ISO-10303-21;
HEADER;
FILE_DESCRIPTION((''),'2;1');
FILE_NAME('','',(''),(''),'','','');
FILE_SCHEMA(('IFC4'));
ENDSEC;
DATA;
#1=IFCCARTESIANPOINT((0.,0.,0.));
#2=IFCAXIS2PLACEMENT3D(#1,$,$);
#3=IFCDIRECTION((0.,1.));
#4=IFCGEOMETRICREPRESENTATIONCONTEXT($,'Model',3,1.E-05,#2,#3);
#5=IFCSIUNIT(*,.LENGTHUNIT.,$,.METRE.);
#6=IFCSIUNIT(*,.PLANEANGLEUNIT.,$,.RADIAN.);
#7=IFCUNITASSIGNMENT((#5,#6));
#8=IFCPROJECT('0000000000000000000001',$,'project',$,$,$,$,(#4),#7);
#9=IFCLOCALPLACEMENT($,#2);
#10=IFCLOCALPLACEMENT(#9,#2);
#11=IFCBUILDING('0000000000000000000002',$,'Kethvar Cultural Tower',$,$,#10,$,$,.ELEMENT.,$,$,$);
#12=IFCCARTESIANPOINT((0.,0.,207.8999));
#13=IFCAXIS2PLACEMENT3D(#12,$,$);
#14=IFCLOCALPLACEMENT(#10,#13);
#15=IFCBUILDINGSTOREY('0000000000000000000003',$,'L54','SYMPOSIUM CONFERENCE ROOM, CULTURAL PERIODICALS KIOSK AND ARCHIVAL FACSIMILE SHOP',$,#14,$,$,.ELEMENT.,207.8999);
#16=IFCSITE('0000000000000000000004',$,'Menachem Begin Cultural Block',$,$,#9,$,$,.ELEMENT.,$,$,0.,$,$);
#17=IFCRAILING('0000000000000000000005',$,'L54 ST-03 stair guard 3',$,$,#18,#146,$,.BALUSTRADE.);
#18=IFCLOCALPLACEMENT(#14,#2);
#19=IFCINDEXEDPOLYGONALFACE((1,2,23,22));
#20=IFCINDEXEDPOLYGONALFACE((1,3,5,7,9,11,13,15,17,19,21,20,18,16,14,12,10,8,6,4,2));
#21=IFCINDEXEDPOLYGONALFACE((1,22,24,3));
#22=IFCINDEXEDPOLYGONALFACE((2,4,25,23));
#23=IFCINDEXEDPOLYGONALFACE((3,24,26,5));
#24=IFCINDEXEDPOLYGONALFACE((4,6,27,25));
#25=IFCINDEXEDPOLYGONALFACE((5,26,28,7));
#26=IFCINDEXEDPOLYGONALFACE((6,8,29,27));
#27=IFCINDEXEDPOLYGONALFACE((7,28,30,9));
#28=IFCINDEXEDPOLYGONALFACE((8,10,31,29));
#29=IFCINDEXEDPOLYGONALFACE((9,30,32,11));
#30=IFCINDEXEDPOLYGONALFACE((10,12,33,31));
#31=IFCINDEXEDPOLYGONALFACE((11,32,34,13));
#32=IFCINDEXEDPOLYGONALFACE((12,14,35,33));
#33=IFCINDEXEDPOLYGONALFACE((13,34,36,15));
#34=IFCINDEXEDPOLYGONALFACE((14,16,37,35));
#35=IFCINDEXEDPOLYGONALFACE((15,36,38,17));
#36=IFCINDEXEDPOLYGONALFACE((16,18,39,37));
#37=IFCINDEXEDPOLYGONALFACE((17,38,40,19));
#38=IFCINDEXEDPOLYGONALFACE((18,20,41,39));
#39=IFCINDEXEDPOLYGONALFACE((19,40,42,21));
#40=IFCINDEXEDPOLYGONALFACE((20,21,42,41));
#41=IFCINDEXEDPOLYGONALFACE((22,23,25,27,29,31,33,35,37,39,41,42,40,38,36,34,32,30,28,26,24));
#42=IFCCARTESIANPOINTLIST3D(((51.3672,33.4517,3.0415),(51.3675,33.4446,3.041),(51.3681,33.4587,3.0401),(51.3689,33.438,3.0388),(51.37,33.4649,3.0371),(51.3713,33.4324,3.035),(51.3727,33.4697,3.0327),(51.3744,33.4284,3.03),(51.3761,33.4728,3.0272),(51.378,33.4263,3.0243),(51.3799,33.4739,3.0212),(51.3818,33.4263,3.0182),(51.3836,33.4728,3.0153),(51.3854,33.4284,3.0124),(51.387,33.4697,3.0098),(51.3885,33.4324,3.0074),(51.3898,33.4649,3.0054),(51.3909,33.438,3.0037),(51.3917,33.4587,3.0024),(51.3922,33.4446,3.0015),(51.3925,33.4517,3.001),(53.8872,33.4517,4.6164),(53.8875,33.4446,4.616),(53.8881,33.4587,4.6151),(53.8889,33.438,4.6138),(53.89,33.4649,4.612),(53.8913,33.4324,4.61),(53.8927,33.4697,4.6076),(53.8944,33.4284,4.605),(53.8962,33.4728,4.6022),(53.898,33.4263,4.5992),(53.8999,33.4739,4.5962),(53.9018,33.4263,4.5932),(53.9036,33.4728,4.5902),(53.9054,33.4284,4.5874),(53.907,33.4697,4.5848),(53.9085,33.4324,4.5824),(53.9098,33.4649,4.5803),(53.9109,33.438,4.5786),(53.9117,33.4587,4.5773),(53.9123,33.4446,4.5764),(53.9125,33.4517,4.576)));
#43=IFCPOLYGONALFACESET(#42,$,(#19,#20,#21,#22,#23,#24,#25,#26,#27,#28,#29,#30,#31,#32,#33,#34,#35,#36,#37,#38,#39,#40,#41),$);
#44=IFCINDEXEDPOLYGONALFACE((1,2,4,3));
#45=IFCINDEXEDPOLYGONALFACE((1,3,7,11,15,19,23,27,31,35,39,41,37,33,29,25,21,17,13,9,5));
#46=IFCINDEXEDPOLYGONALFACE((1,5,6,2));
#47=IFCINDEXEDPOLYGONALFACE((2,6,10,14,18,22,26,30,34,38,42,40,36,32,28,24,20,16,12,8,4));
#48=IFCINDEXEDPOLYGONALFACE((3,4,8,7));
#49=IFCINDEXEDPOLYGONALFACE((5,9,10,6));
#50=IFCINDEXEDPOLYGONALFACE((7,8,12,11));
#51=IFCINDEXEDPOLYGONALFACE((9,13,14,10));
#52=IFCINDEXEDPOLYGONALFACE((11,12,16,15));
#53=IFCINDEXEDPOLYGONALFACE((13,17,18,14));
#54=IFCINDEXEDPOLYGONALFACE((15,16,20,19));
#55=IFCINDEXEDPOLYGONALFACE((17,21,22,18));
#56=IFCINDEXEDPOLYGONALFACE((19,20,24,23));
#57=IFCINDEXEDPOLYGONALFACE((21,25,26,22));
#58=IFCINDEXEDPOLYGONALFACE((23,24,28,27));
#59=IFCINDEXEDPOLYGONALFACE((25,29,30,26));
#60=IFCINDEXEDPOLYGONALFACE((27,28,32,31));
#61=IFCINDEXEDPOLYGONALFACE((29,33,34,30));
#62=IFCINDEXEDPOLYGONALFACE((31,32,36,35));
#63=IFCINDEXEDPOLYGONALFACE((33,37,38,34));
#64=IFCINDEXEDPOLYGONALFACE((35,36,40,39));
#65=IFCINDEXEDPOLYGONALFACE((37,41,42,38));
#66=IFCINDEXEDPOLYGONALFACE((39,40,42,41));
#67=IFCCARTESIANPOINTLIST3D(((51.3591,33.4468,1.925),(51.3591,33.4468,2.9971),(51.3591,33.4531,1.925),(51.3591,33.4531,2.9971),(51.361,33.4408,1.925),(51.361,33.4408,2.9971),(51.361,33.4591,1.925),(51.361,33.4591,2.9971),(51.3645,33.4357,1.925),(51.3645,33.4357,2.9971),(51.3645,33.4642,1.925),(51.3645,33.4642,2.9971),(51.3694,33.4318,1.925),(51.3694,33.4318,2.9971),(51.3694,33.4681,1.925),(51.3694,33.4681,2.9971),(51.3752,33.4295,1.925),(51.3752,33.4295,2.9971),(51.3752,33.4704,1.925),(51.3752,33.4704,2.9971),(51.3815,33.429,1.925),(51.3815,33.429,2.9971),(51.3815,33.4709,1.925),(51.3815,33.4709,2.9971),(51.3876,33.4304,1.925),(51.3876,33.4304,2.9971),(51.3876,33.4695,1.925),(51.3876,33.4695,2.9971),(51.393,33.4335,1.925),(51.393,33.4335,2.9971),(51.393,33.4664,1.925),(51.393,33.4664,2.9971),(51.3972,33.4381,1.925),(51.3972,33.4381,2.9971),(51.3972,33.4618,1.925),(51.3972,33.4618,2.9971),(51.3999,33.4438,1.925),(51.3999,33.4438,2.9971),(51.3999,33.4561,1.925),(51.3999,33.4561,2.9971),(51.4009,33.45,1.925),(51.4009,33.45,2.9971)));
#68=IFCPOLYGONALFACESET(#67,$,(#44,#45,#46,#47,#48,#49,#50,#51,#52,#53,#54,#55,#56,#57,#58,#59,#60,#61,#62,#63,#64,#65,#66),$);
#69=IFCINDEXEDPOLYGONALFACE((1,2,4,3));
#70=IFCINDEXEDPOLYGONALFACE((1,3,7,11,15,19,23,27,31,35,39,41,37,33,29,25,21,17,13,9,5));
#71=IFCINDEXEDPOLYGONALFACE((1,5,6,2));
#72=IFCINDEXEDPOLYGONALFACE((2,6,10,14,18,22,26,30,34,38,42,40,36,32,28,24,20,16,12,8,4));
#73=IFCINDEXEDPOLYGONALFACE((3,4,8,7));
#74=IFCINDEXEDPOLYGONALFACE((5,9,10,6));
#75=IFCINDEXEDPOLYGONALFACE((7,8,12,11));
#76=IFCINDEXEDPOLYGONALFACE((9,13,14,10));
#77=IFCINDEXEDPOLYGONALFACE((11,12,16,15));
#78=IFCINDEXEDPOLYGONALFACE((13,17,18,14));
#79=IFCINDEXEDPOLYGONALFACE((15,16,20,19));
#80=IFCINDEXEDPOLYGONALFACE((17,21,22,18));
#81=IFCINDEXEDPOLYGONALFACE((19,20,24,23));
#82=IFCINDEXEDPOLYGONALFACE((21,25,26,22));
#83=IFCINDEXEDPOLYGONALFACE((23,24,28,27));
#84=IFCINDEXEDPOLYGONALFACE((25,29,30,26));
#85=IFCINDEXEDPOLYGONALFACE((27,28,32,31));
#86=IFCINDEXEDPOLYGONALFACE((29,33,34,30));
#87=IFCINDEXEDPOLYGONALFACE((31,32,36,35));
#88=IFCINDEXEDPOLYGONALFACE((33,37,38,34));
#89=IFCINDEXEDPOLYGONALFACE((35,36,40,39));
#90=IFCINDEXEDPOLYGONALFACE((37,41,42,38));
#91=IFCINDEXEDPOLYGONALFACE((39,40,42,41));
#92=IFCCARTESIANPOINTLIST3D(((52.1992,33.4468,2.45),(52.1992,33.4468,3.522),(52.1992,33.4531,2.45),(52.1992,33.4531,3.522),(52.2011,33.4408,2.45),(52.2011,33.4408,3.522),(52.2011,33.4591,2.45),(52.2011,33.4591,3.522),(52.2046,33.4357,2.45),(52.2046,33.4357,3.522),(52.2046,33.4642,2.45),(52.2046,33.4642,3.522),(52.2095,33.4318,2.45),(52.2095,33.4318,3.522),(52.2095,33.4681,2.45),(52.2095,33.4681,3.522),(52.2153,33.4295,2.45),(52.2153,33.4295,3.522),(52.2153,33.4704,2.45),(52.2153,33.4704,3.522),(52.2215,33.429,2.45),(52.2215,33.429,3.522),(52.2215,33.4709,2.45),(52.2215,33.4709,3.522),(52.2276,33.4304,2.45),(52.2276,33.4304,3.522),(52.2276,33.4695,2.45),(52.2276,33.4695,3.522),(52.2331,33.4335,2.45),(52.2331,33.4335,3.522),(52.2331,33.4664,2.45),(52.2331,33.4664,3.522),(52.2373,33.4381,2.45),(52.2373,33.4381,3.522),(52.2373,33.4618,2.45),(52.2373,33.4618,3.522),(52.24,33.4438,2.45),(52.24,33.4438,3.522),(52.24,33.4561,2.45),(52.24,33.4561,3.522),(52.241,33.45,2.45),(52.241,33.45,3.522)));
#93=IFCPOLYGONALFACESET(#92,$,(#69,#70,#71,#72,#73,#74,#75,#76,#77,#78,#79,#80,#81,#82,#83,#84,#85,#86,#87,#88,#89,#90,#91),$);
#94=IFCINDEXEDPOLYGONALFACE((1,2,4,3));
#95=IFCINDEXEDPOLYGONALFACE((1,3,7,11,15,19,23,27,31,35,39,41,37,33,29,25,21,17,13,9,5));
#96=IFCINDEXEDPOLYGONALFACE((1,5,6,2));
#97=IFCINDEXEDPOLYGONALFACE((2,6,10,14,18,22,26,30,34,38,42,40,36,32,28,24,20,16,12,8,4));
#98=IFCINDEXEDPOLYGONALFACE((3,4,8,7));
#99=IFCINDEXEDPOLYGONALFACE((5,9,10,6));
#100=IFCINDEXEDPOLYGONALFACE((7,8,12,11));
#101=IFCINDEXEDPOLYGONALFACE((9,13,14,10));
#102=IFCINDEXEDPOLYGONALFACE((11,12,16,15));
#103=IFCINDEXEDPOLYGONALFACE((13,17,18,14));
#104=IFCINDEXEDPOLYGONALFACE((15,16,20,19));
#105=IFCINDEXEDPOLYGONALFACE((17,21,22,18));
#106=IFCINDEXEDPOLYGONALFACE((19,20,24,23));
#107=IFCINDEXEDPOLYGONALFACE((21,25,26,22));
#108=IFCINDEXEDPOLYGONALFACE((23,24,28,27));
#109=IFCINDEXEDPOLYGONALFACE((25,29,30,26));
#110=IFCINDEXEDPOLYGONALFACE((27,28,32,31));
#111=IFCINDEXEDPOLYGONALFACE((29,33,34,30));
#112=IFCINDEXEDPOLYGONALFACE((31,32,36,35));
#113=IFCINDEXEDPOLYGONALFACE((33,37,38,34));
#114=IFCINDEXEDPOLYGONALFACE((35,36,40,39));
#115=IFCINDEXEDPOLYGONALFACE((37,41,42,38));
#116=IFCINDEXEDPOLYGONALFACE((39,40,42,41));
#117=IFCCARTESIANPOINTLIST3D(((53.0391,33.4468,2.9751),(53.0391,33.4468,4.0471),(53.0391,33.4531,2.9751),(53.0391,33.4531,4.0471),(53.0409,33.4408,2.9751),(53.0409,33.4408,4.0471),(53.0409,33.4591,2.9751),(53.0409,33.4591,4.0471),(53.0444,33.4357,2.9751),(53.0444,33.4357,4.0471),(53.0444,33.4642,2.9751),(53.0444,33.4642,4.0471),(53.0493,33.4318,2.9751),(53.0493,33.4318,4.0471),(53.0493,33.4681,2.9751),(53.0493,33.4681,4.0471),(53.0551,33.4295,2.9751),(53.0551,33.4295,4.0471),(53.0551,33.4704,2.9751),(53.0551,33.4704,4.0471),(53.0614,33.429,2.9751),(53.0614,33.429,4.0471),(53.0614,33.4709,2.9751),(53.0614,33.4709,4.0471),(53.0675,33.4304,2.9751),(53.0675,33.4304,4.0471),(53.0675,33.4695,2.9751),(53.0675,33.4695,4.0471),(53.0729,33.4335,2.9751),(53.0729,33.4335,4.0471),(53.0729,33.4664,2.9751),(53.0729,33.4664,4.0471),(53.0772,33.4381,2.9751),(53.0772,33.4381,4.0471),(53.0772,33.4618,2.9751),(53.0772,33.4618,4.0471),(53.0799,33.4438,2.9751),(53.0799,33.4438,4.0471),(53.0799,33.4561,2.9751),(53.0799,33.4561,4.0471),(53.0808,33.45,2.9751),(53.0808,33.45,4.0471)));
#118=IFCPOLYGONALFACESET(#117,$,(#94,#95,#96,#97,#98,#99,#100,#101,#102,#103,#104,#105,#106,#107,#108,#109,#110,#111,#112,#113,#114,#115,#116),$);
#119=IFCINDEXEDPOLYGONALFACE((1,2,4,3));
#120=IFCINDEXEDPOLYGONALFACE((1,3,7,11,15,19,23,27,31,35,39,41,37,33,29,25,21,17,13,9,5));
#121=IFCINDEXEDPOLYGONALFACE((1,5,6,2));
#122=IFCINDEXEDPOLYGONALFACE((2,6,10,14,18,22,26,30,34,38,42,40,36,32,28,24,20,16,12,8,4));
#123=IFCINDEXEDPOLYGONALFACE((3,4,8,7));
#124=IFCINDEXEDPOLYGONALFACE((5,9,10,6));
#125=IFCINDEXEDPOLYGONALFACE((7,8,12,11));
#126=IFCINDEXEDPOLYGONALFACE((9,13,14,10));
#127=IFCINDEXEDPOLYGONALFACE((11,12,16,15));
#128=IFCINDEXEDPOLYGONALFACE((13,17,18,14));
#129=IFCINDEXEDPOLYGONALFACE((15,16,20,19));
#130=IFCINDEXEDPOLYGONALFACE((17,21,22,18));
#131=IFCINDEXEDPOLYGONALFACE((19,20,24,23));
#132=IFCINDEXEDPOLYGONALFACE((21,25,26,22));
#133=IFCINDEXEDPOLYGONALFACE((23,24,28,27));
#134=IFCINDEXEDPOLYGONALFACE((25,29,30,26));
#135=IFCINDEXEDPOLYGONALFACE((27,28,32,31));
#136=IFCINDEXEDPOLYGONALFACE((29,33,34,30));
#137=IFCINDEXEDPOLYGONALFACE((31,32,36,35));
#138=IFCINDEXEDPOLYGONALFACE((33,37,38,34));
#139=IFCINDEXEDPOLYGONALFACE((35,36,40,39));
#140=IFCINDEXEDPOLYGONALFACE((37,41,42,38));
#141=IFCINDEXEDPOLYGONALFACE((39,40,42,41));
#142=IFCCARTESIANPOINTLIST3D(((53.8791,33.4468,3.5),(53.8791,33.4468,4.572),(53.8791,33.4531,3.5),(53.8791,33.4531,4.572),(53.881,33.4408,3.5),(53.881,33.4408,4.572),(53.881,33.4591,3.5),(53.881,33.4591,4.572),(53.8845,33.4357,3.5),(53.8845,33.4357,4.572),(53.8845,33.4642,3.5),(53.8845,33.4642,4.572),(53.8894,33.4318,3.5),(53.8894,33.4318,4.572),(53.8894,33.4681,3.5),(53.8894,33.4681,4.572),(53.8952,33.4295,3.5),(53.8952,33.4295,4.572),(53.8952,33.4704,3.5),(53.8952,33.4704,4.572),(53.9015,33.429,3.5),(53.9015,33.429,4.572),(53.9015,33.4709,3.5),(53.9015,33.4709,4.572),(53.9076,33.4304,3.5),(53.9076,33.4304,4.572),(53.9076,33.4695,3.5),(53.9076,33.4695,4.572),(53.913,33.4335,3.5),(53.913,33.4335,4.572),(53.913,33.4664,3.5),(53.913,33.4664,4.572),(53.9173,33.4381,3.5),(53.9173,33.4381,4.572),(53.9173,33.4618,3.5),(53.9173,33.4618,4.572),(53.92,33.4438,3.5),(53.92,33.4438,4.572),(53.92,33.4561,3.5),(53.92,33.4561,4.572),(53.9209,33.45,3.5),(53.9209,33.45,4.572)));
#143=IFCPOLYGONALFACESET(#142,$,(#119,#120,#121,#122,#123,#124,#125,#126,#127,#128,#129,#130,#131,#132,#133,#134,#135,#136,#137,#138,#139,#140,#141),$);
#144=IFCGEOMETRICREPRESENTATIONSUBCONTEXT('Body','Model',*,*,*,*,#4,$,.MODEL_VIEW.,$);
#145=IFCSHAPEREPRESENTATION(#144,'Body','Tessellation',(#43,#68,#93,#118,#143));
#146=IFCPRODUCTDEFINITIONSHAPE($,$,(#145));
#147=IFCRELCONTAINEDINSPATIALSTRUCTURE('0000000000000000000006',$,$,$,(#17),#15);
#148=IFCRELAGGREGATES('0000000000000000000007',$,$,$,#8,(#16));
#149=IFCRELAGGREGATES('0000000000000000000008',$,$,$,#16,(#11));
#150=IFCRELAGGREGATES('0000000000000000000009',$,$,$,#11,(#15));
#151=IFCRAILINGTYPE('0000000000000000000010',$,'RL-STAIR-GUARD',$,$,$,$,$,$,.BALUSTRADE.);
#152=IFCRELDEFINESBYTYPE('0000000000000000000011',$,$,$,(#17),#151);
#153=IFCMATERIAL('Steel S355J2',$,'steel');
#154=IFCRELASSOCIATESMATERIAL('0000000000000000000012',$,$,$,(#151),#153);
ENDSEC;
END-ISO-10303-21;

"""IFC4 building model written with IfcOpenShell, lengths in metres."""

from ifc_helpers import new_model, si_unit, direction, frame, origin, origin_2d, place, context, subcontext, project, spatial, circle, extrude, material, type_object, element, save


model = new_model("IFC4")

# Units and contexts
model_context = context("Model", 3, precision=1e-05, world=origin(), true_north=direction((0.0, 1.0)))
body_context = subcontext(model_context, "Body", "Model", "MODEL_VIEW")
ifc_project = project(units=[si_unit("LENGTHUNIT", "METRE"), si_unit("PLANEANGLEUNIT", "RADIAN")], contexts=[model_context])

# Site, building, storey
site_placement = place(None, origin())
site = spatial("IfcSite", under=ifc_project, at=site_placement, Name="Menachem Begin Cultural Block", CompositionType="ELEMENT", RefElevation=0.0)
building_placement = place(site_placement, origin())
building = spatial("IfcBuilding", under=site, at=building_placement, Name="Kethvar Cultural Tower", CompositionType="ELEMENT")
storey_placement = place(building_placement, frame((0.0, 0.0, 207.8999)))
storey = spatial("IfcBuildingStorey", under=building, at=storey_placement, Name="L54", Description="SYMPOSIUM CONFERENCE ROOM, CULTURAL PERIODICALS KIOSK AND ARCHIVAL FACSIMILE SHOP", CompositionType="ELEMENT", Elevation=207.8999)

# Shared definitions
ifc_material_1 = material(Name="Steel S355J2", Category="steel")

# Railing
railing_type_1 = type_object("IfcRailingType", Name="RL-STAIR-GUARD", PredefinedType="BALUSTRADE", material=ifc_material_1)
railing_1_placement = place(storey_placement, frame((51.3799, 33.45, 1.925)))
element("IfcRailing", 1, at=railing_1_placement, inside=storey, type_object=railing_type_1, Name="L54 ST-03 stair guard 3", PredefinedType="BALUSTRADE", context=body_context, shape_type="SweptSolid", body=[
    extrude(circle(Radius=0.0239, at=origin_2d()), frame((0.0, 0.0, 1.0962), z_axis=(0.848008, 0.0, 0.529984), x_axis=(0.0, 1.0, 0.0)), (0.0, 0.0, 1.0), 2.9717),
    extrude(circle(Radius=0.021, at=origin_2d()), origin(), (0.0, 0.0, 1.0), 1.072),
    extrude(circle(Radius=0.021, at=origin_2d()), frame((0.8401, 0.0, 0.5249)), (0.0, 0.0, 1.0), 1.072),
    extrude(circle(Radius=0.021, at=origin_2d()), frame((1.6799, 0.0, 1.05)), (0.0, 0.0, 1.0), 1.072),
    extrude(circle(Radius=0.021, at=origin_2d()), frame((2.52, 0.0, 1.575)), (0.0, 0.0, 1.0), 1.072),
])

save(model, "model.ifc")
